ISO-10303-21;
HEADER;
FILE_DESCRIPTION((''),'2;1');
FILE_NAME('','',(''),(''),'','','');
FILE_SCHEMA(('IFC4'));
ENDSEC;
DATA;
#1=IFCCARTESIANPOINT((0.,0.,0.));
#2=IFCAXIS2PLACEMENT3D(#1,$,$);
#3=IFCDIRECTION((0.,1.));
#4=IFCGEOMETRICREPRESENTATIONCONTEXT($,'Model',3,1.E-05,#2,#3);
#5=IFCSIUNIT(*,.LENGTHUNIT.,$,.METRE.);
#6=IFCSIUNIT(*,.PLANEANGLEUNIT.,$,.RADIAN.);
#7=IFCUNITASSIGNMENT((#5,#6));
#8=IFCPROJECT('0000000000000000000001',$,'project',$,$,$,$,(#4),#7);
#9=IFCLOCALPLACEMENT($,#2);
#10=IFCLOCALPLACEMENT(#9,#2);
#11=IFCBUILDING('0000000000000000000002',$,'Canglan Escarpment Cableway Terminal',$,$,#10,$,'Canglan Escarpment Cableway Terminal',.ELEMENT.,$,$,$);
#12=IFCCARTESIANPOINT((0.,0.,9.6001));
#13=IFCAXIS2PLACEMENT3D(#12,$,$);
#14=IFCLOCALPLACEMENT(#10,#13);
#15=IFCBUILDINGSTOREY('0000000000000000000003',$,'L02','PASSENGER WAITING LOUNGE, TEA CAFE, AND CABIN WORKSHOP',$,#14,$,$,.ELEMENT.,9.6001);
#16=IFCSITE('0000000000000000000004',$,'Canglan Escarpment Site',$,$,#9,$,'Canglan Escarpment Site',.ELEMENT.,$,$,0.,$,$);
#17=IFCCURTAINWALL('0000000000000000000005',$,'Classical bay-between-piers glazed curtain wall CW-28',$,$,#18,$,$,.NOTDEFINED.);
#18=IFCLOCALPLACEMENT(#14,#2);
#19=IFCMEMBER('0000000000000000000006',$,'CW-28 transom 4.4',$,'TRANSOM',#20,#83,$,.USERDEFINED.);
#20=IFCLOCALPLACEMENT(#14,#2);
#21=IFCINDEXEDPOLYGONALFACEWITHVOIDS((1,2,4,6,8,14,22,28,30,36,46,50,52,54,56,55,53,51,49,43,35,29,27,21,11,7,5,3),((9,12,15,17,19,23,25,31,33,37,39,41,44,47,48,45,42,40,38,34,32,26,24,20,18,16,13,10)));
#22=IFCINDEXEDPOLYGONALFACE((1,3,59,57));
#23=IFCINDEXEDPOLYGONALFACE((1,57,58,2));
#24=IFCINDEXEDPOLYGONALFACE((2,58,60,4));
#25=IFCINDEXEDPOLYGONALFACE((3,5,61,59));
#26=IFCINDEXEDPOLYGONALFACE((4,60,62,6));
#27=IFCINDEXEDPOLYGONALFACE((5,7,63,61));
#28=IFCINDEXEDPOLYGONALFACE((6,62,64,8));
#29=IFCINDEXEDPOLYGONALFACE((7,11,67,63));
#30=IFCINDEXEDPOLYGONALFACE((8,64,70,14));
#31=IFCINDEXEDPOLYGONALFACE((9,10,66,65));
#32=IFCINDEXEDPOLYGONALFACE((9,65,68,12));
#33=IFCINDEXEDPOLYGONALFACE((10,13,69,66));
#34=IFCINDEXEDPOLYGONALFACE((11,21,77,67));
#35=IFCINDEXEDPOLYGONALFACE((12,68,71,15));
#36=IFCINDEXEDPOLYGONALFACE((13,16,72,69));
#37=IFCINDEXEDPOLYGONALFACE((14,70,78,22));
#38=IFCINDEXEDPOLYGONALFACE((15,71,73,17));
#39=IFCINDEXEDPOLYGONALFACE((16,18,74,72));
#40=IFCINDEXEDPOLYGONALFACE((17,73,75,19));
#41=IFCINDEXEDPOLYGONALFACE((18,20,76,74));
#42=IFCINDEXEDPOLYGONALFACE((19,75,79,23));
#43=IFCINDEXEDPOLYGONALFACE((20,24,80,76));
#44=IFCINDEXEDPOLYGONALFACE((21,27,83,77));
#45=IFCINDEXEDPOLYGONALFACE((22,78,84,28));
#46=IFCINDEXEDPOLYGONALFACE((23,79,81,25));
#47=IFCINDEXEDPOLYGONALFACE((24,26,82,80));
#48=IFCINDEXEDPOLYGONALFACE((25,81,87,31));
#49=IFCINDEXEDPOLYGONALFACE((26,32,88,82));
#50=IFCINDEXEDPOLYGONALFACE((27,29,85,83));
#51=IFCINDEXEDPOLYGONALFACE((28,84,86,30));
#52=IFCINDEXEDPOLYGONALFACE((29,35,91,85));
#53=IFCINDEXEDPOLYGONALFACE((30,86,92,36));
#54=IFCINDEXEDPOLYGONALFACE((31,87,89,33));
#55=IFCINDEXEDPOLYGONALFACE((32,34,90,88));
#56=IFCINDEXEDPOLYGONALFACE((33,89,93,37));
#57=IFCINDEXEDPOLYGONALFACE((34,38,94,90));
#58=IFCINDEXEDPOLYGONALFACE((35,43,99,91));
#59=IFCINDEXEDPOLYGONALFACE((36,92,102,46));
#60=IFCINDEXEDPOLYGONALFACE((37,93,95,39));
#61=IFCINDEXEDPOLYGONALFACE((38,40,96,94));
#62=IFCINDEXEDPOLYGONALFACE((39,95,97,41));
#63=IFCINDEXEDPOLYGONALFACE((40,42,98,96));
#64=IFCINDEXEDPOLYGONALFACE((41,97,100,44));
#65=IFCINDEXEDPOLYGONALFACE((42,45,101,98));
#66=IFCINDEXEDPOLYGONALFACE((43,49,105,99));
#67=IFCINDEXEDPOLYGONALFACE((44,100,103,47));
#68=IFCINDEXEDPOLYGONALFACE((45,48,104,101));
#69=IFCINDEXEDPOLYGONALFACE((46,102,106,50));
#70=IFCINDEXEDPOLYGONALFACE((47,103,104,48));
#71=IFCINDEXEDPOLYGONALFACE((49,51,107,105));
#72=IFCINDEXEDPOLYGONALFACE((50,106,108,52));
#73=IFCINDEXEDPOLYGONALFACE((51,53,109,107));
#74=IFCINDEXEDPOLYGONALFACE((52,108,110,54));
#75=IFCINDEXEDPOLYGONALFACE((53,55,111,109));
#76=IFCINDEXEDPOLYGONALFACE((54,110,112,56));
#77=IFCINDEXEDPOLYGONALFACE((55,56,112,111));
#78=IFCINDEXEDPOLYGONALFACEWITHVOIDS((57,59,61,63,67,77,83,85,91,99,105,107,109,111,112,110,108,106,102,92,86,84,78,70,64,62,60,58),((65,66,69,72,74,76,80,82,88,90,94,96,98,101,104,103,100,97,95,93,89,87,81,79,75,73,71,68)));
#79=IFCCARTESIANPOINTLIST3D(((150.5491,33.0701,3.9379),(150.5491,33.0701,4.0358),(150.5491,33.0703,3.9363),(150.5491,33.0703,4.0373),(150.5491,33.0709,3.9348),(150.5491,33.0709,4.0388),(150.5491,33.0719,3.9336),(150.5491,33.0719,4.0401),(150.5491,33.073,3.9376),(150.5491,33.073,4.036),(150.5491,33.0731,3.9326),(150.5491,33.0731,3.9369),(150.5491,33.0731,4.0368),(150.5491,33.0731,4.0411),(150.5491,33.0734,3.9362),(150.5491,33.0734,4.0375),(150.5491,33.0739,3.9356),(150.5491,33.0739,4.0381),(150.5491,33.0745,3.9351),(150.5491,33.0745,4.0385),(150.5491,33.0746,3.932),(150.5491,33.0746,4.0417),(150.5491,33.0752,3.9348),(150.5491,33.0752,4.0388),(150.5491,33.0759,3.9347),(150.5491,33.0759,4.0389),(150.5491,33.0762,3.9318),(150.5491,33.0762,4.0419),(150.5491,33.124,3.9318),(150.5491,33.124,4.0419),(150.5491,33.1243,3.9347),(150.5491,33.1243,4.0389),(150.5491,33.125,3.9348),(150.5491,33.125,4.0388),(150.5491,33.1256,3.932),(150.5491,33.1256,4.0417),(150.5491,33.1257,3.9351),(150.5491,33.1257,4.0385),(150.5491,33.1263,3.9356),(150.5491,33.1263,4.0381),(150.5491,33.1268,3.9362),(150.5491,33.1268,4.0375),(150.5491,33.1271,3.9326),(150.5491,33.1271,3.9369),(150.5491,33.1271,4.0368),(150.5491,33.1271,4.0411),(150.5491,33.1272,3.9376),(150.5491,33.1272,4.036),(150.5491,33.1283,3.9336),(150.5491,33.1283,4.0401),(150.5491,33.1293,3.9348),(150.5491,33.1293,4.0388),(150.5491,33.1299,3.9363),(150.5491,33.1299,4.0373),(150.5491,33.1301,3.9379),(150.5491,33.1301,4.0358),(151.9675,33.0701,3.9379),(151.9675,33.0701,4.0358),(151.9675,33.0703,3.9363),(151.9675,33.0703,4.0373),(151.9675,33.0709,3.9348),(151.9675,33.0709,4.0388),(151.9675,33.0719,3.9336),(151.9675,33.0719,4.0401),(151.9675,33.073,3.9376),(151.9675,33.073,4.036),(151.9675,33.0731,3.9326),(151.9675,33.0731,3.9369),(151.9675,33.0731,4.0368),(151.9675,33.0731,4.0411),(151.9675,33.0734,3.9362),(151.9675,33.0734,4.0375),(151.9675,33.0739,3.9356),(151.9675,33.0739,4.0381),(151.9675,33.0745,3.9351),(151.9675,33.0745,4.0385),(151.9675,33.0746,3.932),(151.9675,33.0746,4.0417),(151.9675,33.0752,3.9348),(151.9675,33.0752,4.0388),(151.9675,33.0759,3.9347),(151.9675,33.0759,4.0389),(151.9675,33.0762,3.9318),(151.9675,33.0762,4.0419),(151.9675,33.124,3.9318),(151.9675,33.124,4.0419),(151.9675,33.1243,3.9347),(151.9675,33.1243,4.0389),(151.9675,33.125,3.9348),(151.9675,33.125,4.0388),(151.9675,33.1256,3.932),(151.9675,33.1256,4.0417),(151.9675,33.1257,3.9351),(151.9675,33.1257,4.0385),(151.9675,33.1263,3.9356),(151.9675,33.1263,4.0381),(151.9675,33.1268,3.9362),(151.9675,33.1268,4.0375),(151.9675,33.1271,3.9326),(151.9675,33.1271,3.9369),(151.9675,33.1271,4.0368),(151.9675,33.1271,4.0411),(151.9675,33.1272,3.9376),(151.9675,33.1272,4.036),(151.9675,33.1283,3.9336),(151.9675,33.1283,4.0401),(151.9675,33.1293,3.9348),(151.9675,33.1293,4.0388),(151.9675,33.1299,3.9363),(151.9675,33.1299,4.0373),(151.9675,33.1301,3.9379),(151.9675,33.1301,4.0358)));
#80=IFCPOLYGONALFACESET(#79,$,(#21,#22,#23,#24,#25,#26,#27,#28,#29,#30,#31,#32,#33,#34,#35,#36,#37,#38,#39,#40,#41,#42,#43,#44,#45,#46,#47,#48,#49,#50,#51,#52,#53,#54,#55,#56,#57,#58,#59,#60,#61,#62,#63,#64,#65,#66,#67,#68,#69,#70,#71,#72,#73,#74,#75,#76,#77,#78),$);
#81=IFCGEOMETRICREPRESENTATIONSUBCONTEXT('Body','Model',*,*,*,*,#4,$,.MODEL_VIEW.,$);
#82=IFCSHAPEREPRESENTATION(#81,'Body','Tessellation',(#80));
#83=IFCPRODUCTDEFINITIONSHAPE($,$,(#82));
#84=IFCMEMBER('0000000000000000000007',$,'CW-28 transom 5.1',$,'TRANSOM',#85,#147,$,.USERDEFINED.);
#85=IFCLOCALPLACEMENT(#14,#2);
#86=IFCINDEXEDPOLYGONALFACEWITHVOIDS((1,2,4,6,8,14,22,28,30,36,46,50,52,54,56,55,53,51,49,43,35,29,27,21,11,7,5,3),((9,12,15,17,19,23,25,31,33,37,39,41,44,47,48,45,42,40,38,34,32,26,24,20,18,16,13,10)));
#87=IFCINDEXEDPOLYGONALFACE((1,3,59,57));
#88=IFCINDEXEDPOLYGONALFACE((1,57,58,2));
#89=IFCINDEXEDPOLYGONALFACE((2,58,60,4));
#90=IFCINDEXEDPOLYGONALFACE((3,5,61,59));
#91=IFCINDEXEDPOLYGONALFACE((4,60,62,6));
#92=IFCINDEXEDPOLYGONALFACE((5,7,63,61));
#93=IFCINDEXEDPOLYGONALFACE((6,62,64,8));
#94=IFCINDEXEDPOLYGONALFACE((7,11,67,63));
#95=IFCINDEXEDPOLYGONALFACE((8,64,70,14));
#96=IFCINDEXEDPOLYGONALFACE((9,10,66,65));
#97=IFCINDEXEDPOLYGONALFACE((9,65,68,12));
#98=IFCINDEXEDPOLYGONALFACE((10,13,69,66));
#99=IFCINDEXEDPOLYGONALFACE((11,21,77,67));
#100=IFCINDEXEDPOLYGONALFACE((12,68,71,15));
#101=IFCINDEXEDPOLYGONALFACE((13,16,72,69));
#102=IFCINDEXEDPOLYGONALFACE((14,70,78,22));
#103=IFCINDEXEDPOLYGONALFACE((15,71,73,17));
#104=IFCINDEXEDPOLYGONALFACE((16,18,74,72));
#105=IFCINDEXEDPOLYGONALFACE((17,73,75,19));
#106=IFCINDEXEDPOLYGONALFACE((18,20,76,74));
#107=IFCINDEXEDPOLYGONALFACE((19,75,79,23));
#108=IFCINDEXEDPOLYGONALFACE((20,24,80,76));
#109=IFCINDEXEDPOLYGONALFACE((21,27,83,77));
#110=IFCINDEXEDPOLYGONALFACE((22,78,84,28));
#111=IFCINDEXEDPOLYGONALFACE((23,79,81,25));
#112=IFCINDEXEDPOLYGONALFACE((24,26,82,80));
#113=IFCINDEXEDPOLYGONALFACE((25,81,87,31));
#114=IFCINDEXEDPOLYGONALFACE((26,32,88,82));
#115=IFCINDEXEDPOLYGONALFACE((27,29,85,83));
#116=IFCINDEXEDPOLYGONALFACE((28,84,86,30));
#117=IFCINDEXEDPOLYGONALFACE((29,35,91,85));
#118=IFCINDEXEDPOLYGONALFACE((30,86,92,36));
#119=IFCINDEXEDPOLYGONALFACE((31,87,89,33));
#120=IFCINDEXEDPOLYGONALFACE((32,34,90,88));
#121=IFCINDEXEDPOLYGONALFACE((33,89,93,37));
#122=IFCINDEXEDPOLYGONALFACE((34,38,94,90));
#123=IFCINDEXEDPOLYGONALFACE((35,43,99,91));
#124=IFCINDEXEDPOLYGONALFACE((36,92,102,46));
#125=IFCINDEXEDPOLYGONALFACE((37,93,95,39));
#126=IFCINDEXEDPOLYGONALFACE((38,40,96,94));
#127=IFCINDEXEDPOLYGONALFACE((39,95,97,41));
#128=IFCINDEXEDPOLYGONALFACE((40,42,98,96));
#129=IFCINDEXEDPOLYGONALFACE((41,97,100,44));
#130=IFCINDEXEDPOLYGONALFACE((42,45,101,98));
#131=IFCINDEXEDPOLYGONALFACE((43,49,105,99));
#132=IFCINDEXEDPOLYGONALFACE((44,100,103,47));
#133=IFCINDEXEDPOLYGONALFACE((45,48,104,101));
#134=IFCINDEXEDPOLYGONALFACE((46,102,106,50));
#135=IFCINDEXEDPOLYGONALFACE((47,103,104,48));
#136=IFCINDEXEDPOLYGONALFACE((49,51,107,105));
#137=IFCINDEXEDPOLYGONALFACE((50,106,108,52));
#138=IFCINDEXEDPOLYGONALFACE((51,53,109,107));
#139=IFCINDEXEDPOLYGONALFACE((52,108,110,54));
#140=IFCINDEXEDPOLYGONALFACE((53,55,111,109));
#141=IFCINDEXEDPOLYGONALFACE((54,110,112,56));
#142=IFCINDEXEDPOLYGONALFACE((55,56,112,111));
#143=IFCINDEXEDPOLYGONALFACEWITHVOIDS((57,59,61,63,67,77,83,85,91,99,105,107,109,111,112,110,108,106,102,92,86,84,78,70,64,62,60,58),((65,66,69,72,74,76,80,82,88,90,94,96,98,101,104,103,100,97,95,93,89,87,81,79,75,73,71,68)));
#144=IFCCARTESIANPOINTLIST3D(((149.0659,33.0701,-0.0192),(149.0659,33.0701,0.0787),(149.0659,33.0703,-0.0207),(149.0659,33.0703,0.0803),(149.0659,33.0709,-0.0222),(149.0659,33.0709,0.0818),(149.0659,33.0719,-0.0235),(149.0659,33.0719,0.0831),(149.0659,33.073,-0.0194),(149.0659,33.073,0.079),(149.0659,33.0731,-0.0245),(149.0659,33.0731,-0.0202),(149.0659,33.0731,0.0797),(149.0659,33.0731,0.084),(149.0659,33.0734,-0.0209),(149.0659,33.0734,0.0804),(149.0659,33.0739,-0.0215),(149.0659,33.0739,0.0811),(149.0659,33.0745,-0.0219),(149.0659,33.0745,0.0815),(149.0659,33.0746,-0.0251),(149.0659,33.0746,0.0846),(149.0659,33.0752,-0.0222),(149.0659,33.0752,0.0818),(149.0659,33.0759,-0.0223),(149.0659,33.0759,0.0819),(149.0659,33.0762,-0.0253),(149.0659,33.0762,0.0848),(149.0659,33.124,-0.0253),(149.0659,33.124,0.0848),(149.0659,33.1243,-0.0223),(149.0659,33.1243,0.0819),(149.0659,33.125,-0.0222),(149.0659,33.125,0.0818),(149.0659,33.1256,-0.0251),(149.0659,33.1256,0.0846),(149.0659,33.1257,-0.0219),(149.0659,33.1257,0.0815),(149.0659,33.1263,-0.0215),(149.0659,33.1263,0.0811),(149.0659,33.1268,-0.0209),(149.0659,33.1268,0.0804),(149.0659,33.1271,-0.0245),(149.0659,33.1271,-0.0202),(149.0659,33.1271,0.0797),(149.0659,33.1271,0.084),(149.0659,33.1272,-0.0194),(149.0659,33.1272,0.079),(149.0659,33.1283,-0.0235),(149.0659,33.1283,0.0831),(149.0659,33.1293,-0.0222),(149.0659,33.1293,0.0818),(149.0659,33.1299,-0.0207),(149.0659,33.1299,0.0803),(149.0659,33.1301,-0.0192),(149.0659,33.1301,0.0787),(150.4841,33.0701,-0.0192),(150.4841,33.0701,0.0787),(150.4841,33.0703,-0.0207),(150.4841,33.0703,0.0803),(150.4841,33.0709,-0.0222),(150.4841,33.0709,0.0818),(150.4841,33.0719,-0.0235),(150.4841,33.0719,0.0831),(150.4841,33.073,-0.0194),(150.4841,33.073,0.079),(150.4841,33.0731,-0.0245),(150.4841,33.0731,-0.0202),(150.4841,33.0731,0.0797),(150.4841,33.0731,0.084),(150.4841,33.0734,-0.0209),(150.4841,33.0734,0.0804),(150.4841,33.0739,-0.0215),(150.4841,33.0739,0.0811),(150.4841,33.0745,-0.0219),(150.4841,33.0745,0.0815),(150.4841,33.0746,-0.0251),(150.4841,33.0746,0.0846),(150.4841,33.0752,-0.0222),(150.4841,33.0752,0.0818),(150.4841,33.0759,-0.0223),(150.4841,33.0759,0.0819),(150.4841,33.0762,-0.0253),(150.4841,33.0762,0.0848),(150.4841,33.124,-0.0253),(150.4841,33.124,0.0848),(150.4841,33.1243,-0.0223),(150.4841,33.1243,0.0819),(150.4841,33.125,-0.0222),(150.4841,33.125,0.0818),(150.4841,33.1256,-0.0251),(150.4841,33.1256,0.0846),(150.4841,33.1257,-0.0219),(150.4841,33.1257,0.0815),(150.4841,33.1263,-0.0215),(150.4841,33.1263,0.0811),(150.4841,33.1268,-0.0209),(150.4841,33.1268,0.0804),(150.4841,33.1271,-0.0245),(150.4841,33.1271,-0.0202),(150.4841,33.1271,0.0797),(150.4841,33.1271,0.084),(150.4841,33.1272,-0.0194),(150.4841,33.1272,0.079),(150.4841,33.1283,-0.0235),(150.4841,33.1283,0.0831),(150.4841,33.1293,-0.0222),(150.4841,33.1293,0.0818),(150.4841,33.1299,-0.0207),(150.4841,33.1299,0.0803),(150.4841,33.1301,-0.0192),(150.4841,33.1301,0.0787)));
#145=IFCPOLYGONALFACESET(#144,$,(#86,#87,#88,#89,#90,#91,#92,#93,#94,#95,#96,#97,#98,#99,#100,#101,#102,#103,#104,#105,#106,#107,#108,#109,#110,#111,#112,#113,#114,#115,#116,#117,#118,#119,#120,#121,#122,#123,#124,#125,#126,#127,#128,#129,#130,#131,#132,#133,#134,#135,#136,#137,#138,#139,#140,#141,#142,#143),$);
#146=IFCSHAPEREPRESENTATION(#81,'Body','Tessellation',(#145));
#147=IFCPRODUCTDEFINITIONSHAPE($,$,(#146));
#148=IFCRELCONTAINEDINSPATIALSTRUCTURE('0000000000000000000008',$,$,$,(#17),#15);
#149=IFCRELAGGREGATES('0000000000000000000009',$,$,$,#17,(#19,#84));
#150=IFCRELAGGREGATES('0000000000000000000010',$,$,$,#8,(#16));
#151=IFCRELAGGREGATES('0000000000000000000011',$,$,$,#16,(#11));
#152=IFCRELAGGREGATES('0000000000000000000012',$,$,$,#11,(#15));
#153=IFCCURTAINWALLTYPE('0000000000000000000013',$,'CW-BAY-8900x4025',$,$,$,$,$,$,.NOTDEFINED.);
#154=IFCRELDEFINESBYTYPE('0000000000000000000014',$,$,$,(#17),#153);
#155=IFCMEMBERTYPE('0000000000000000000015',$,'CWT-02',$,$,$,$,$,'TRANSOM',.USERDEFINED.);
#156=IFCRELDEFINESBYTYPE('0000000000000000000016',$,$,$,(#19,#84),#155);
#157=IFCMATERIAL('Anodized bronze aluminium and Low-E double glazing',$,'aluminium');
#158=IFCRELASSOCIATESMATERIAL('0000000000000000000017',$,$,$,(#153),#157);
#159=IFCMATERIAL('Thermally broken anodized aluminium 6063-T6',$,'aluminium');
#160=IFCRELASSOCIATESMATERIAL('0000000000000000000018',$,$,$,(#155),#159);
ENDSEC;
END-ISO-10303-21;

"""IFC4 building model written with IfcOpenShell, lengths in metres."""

from ifc_helpers import new_model, si_unit, direction, frame, origin, origin_2d, place, context, subcontext, project, spatial, hollow_rectangle, extrude, material, material_profile, profile_set, type_object, element, aggregate, save


model = new_model("IFC4")

# Units and contexts
model_context = context("Model", 3, precision=1e-05, world=origin(), true_north=direction((0.0, 1.0)))
body_context = subcontext(model_context, "Body", "Model", "MODEL_VIEW")
ifc_project = project(units=[si_unit("LENGTHUNIT", "METRE"), si_unit("PLANEANGLEUNIT", "RADIAN")], contexts=[model_context])

# Site, building, storey
site_placement = place(None, origin())
site = spatial("IfcSite", under=ifc_project, at=site_placement, Name="Canglan Escarpment Site", LongName="Canglan Escarpment Site", CompositionType="ELEMENT", RefElevation=0.0)
building_placement = place(site_placement, origin())
building = spatial("IfcBuilding", under=site, at=building_placement, Name="Canglan Escarpment Cableway Terminal", LongName="Canglan Escarpment Cableway Terminal", CompositionType="ELEMENT")
storey_placement = place(building_placement, frame((0.0, 0.0, 9.6001)))
storey = spatial("IfcBuildingStorey", under=building, at=storey_placement, Name="L02", Description="PASSENGER WAITING LOUNGE, TEA CAFE, AND CABIN WORKSHOP", CompositionType="ELEMENT", Elevation=9.6001)

# Curtain wall, members
ifc_material_1 = material(Name="Anodized bronze aluminium and Low-E double glazing", Category="aluminium")
curtain_wall_type = type_object("IfcCurtainWallType", Name="CW-BAY-8900x4025", PredefinedType="NOTDEFINED", material=ifc_material_1)
curtain_wall_placement = place(storey_placement, origin())
curtain_wall = element("IfcCurtainWall", 1, at=curtain_wall_placement, inside=storey, type_object=curtain_wall_type, Name="Classical bay-between-piers glazed curtain wall CW-28", PredefinedType="NOTDEFINED")
ifc_material_2 = material(Name="Thermally broken anodized aluminium 6063-T6", Category="aluminium")
ifc_material_profile_1 = material_profile(ifc_material_2, hollow_rectangle(XDim=0.0601, YDim=0.1101, WallThickness=0.0029, InnerFilletRadius=0.0029, OuterFilletRadius=0.0061, at=origin_2d()), Name="ALU-TRAN 60x110x3")
ifc_profile_set_1 = profile_set([ifc_material_profile_1], Name="Thermally broken anodized aluminium 6063-T6")
member_type_1 = type_object("IfcMemberType", Name="CWT-02", ElementType="TRANSOM", PredefinedType="USERDEFINED", material=ifc_profile_set_1)
member_1_placement = place(storey_placement, frame((151.9675, 33.1001, 3.9868), z_axis=(-1.0, 0.0, 0.0), x_axis=(0.0, -1.0, 0.0)))
member_1 = element("IfcMember", 2, at=member_1_placement, type_object=member_type_1, Name="CW-28 transom 4.4", ObjectType="TRANSOM", PredefinedType="USERDEFINED", context=body_context, shape_type="SweptSolid", body=[
    extrude(hollow_rectangle(XDim=0.0601, YDim=0.1101, WallThickness=0.0029, InnerFilletRadius=0.0029, OuterFilletRadius=0.0061, at=origin_2d()), origin(), (0.0, 0.0, 1.0), 1.4185),
])
member_2_placement = place(storey_placement, frame((150.4841, 33.1001, 0.0298), z_axis=(-1.0, 0.0, 0.0), x_axis=(0.0, -1.0, 0.0)))
member_2 = element("IfcMember", 3, at=member_2_placement, type_object=member_type_1, Name="CW-28 transom 5.1", ObjectType="TRANSOM", PredefinedType="USERDEFINED", context=body_context, shape_type="SweptSolid", body=[
    extrude(hollow_rectangle(XDim=0.0601, YDim=0.1101, WallThickness=0.0029, InnerFilletRadius=0.0029, OuterFilletRadius=0.0061, at=origin_2d()), origin(), (0.0, 0.0, 1.0), 1.4182),
])
aggregate(curtain_wall, [member_1, member_2])

save(model, "model.ifc")
